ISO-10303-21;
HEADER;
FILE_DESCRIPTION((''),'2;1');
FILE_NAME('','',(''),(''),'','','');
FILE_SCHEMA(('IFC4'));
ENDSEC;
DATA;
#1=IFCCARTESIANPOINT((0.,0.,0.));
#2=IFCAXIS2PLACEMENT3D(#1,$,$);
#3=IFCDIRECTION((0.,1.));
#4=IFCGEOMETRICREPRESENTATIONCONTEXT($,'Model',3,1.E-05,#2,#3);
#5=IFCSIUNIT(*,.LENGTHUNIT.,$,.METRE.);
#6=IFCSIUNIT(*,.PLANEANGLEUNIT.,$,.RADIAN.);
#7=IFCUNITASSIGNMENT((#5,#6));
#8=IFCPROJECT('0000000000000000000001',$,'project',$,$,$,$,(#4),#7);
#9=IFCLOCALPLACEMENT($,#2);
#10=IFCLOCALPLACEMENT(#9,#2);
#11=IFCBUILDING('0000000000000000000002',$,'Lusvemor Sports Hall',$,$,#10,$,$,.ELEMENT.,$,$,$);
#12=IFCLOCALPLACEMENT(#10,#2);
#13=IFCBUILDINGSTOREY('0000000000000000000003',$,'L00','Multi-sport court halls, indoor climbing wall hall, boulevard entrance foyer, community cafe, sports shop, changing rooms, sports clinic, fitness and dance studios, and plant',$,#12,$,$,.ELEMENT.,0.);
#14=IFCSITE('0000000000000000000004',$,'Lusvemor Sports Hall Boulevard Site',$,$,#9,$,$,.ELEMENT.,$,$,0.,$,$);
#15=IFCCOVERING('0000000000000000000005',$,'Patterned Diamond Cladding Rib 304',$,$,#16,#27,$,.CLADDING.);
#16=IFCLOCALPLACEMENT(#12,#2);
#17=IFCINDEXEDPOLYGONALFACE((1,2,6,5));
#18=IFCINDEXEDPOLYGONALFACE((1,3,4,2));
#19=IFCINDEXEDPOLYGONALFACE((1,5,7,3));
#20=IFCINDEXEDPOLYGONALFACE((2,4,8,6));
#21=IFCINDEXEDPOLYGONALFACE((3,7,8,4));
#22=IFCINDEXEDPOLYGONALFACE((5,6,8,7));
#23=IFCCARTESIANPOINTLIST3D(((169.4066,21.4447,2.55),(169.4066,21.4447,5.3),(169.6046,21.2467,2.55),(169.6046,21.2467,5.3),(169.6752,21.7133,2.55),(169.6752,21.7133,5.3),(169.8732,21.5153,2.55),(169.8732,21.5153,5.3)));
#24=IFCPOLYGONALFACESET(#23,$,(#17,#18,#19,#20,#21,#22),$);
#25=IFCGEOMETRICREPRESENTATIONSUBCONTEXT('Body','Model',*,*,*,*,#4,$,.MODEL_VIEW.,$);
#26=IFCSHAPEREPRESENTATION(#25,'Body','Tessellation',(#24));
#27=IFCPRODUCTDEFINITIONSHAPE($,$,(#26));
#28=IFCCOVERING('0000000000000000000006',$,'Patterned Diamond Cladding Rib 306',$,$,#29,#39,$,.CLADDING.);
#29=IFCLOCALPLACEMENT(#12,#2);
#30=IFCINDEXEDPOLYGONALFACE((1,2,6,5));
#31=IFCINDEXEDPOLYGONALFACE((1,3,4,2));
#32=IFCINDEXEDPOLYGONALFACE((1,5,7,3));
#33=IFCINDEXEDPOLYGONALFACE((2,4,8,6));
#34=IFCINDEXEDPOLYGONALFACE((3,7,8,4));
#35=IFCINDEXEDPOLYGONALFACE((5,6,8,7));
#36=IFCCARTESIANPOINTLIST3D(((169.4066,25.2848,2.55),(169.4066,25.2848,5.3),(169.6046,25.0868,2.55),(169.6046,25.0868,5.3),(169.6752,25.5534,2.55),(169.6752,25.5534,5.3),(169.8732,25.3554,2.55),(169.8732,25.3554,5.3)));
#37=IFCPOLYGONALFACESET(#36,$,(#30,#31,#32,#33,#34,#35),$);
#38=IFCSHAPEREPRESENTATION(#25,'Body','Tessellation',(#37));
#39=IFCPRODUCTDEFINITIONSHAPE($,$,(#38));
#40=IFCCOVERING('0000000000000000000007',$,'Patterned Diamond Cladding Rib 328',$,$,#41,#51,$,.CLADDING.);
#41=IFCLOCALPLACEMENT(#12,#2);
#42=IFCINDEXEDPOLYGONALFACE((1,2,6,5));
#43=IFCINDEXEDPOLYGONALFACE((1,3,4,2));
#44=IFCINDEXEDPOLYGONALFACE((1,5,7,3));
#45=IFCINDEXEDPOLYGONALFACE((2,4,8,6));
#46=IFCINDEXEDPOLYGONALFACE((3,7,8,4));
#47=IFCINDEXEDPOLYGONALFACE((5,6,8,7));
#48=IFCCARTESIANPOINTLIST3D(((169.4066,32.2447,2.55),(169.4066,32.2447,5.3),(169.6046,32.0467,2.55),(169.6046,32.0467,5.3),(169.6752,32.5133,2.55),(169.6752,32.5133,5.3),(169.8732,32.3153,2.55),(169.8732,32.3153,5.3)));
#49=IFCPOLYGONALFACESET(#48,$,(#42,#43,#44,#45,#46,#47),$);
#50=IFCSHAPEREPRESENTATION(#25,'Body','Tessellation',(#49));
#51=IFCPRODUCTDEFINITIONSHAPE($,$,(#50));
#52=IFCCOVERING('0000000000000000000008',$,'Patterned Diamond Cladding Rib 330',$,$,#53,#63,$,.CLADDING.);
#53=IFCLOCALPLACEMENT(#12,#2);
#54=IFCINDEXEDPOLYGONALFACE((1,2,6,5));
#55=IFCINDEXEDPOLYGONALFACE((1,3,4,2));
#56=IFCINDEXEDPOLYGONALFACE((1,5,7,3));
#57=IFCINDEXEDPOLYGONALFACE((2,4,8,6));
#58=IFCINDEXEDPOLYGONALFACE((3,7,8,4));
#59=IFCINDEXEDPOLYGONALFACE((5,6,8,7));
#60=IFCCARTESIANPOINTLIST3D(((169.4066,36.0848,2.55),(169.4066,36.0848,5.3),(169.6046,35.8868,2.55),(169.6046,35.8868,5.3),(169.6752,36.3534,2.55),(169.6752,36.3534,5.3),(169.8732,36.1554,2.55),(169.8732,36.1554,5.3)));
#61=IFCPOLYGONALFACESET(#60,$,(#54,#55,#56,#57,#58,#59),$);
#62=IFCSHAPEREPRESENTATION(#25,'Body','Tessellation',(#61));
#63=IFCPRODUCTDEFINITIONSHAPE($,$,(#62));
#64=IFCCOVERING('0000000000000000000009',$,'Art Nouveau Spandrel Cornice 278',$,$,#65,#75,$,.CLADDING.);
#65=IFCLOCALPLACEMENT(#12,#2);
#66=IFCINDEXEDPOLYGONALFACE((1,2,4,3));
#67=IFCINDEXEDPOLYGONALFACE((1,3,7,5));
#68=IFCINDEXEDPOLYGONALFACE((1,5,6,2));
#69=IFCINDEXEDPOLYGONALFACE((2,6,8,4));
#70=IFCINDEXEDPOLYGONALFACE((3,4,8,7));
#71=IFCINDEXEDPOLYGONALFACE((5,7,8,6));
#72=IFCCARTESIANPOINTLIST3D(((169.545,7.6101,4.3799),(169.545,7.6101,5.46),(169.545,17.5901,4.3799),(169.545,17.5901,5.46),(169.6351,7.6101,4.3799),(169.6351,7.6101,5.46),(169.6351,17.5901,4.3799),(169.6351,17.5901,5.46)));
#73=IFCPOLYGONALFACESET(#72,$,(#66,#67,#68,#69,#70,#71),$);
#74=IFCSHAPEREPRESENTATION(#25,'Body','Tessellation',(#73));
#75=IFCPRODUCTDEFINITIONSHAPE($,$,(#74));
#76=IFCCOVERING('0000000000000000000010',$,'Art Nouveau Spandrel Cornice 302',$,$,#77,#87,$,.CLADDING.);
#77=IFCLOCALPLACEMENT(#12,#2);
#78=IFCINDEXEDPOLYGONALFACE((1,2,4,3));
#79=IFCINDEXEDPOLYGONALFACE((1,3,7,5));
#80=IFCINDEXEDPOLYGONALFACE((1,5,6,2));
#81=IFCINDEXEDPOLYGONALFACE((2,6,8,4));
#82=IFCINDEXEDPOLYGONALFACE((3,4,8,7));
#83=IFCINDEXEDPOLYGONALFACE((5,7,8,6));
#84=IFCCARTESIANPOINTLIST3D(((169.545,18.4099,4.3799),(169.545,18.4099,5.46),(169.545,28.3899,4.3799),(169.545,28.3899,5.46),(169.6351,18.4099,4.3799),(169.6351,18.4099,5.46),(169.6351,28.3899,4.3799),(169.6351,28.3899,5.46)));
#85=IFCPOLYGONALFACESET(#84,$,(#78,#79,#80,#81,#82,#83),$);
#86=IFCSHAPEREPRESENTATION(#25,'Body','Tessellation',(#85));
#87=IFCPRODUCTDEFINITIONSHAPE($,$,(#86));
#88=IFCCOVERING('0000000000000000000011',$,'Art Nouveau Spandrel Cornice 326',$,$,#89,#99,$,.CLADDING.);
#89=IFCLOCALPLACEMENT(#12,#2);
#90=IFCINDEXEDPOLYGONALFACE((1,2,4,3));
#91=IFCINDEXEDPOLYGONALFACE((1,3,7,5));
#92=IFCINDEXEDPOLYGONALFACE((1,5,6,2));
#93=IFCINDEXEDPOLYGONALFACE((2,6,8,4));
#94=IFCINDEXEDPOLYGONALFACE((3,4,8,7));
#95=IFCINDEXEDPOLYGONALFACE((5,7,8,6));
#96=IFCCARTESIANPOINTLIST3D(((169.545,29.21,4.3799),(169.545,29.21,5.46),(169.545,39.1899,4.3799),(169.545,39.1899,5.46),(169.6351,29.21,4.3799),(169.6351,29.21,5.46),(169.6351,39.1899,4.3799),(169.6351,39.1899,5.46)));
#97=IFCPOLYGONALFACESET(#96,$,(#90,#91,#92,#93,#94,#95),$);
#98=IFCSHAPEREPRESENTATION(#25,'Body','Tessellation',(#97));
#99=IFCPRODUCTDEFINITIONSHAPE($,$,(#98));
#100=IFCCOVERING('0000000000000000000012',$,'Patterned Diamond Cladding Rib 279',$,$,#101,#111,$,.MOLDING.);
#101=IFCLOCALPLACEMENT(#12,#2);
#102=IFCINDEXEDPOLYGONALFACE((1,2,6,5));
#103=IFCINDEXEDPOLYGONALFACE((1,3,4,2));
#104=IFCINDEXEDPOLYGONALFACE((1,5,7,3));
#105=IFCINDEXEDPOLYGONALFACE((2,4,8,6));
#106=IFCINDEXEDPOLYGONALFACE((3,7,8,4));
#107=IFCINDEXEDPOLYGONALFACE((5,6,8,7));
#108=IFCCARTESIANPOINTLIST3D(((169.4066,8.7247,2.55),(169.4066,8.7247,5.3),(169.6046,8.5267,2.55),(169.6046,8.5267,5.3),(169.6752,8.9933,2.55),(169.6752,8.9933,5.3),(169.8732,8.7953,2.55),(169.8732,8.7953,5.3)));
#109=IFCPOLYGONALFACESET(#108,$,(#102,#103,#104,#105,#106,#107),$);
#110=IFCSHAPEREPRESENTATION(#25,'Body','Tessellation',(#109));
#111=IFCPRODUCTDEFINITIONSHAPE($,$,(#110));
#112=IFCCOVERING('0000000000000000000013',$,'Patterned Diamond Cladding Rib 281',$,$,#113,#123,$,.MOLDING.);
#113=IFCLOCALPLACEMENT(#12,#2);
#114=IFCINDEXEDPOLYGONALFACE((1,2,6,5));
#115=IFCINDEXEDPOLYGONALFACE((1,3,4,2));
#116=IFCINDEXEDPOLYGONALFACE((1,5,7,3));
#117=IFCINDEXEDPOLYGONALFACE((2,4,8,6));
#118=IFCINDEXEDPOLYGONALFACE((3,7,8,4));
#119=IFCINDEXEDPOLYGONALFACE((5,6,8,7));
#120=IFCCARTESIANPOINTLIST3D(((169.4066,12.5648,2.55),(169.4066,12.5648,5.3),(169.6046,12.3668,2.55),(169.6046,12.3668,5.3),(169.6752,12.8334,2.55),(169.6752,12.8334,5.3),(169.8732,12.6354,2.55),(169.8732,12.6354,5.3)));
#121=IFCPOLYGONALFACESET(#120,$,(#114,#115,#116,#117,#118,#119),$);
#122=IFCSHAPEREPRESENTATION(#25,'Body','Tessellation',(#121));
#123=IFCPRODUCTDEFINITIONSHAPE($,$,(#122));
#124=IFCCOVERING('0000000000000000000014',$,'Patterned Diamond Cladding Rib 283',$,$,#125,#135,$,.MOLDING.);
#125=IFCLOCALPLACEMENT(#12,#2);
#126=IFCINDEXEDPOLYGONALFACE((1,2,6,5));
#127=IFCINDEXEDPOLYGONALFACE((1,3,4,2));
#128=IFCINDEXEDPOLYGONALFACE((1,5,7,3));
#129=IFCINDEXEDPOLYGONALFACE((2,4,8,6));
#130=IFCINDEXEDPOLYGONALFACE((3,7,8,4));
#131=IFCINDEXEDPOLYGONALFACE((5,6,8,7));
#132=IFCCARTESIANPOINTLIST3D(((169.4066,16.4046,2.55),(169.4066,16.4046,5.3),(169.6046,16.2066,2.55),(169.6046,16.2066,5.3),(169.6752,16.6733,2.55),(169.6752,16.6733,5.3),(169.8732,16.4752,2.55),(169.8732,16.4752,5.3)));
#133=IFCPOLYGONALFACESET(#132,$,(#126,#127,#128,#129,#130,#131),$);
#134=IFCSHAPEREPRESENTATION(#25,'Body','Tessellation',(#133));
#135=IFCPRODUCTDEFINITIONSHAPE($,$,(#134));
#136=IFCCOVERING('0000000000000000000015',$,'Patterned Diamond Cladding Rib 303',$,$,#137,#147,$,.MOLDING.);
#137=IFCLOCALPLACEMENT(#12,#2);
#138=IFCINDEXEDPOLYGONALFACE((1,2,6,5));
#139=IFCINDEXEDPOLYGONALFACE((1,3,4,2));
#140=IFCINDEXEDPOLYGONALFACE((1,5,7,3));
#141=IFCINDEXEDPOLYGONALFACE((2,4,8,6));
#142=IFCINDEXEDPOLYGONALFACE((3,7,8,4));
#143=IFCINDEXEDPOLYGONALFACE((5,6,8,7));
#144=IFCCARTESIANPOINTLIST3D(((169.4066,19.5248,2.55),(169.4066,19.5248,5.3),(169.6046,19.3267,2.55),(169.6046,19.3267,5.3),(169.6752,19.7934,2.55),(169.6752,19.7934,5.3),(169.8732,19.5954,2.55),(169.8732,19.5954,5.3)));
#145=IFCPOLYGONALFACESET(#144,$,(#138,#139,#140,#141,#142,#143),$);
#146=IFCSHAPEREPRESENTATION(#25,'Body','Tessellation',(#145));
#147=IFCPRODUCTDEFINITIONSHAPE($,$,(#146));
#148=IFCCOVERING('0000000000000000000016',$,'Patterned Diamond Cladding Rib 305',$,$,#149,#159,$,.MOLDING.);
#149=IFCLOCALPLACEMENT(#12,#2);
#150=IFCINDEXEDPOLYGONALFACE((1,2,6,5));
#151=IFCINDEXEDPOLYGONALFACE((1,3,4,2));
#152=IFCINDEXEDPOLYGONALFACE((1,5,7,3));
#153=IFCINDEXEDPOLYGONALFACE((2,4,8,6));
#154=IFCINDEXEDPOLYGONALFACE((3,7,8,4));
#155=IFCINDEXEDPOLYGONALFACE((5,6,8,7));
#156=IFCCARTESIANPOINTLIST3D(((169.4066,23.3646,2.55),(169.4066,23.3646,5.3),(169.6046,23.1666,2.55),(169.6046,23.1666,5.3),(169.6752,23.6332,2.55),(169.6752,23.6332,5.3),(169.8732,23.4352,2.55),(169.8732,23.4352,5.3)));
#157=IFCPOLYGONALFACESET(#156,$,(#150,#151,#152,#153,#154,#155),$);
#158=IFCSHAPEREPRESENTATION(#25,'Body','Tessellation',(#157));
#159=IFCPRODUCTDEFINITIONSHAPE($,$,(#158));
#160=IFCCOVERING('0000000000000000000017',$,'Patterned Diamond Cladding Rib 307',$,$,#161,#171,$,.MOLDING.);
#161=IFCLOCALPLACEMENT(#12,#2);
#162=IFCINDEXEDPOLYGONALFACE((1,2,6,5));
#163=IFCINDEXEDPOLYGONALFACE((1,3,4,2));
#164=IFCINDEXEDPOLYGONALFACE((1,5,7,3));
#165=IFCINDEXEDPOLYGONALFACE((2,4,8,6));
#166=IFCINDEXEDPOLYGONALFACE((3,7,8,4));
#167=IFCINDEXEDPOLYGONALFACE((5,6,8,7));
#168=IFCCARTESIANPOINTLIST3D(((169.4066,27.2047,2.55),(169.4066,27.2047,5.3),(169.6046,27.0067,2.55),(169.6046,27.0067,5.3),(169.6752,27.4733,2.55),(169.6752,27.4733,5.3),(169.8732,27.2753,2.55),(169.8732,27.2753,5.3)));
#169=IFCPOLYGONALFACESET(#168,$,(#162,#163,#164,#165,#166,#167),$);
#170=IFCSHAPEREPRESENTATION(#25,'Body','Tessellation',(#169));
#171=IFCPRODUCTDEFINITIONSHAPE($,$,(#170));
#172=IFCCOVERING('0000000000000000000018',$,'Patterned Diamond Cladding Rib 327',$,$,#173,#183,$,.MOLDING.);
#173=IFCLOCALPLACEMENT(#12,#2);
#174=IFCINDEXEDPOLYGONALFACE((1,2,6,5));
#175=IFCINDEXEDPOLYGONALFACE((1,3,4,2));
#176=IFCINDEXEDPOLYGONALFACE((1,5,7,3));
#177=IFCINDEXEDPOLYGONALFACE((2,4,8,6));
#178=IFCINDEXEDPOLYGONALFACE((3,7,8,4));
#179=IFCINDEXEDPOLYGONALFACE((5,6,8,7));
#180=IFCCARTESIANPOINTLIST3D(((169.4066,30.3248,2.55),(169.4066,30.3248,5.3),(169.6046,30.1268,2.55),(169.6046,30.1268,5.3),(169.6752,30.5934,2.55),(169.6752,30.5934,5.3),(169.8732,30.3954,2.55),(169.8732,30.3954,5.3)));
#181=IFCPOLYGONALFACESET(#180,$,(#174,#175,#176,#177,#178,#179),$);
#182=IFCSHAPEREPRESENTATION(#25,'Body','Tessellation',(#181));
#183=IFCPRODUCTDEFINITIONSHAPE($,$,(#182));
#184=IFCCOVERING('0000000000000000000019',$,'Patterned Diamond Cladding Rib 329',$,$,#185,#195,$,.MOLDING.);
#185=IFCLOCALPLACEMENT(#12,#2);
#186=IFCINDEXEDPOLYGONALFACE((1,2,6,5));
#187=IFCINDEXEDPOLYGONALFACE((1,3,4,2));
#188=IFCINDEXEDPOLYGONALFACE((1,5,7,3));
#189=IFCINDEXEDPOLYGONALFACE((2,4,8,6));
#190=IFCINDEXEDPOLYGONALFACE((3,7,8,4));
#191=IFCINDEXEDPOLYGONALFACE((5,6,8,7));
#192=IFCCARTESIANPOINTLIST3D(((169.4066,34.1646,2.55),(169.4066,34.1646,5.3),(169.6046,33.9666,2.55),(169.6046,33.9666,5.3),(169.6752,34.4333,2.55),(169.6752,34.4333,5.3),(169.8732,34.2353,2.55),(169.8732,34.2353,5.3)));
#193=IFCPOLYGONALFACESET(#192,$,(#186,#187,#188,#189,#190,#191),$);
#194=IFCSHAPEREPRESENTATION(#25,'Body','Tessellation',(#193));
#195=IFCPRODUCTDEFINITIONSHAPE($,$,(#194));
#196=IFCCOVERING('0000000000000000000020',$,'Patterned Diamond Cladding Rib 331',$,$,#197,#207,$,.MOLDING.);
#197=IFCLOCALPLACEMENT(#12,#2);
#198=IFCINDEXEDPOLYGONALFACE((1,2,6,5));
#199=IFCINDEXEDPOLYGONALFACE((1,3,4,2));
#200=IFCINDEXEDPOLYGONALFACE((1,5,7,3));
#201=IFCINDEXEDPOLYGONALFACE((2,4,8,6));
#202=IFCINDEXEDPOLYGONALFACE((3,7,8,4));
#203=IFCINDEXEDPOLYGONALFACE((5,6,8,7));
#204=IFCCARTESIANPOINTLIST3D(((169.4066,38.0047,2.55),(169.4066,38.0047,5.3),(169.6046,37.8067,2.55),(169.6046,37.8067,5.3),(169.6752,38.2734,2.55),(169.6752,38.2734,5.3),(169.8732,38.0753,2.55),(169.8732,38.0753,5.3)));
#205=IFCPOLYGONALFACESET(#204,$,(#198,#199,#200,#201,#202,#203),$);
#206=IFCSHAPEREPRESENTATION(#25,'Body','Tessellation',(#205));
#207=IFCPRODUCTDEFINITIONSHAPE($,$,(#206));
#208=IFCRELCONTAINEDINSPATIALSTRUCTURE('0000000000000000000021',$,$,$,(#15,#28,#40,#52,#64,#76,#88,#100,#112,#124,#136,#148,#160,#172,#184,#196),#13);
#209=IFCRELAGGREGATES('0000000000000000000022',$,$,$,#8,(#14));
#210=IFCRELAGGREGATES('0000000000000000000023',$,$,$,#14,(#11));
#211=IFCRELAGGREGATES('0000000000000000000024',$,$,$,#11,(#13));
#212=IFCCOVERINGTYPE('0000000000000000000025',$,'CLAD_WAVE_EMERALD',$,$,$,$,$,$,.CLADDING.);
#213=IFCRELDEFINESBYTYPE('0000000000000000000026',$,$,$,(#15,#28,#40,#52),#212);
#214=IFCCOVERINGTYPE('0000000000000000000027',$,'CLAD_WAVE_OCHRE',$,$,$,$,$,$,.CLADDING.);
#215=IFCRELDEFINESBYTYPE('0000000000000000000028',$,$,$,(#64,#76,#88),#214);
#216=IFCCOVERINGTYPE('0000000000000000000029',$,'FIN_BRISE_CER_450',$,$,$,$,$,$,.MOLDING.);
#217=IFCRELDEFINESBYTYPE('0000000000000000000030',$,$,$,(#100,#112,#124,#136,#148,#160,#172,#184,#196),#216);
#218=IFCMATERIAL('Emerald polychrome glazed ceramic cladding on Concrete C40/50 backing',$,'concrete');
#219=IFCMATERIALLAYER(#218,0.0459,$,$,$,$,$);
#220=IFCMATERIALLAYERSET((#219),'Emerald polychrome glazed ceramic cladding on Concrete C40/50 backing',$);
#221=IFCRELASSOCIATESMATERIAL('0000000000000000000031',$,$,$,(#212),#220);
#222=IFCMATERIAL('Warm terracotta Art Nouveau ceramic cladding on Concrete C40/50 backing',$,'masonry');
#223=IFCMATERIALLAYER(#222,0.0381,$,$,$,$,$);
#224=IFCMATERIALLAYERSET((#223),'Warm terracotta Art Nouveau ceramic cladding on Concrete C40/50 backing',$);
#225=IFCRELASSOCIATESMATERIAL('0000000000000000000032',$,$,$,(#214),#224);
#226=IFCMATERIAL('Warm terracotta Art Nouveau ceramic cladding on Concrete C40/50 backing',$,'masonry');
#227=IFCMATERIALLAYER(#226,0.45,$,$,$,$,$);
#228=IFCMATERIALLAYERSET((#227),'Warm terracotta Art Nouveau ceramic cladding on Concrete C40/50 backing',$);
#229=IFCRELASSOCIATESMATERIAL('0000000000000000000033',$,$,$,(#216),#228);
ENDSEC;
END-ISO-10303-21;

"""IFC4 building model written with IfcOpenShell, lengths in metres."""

from ifc_helpers import new_model, si_unit, direction, frame, origin, origin_2d, place, context, subcontext, project, spatial, rectangle, extrude, material, layer, layer_set, type_object, element, save


model = new_model("IFC4")

# Units and contexts
model_context = context("Model", 3, precision=1e-05, world=origin(), true_north=direction((0.0, 1.0)))
body_context = subcontext(model_context, "Body", "Model", "MODEL_VIEW")
ifc_project = project(units=[si_unit("LENGTHUNIT", "METRE"), si_unit("PLANEANGLEUNIT", "RADIAN")], contexts=[model_context])

# Site, building, storey
site_placement = place(None, origin())
site = spatial("IfcSite", under=ifc_project, at=site_placement, Name="Lusvemor Sports Hall Boulevard Site", CompositionType="ELEMENT", RefElevation=0.0)
building_placement = place(site_placement, origin())
building = spatial("IfcBuilding", under=site, at=building_placement, Name="Lusvemor Sports Hall", CompositionType="ELEMENT")
storey_placement = place(building_placement, origin())
storey = spatial("IfcBuildingStorey", under=building, at=storey_placement, Name="L00", Description="Multi-sport court halls, indoor climbing wall hall, boulevard entrance foyer, community cafe, sports shop, changing rooms, sports clinic, fitness and dance studios, and plant", CompositionType="ELEMENT", Elevation=0.0)

# Coverings
ifc_material_1 = material(Name="Emerald polychrome glazed ceramic cladding on Concrete C40/50 backing", Category="concrete")
ifc_layer_1 = layer(ifc_material_1, 0.0459)
ifc_layer_set_1 = layer_set([ifc_layer_1], Name="Emerald polychrome glazed ceramic cladding on Concrete C40/50 backing")
covering_type_1 = type_object("IfcCoveringType", Name="CLAD_WAVE_EMERALD", PredefinedType="CLADDING", material=ifc_layer_set_1)
for number, where, z_axis, x_axis, name in (
    (1, (169.6399, 21.48, 2.55), (0.0, 0.0, 1.0), (0.707107, 0.707107, 0.0), "Patterned Diamond Cladding Rib 304"),
    (2, (169.6399, 25.3201, 2.55), (0.0, 0.0, 1.0), (0.707107, 0.707107, 0.0), "Patterned Diamond Cladding Rib 306"),
    (3, (169.6399, 32.28, 2.55), (0.0, 0.0, 1.0), (0.707107, 0.707107, 0.0), "Patterned Diamond Cladding Rib 328"),
    (4, (169.6399, 36.1201, 2.55), (0.0, 0.0, 1.0), (0.707107, 0.707107, 0.0), "Patterned Diamond Cladding Rib 330"),
):
    element("IfcCovering", number, at=place(storey_placement, frame(where, z_axis=z_axis, x_axis=x_axis)), inside=storey, type_object=covering_type_1, Name=name, PredefinedType="CLADDING", context=body_context, shape_type="SweptSolid", body=[
        extrude(rectangle(XDim=0.3799, YDim=0.28, at=origin_2d()), origin(), (0.0, 0.0, 1.0), 2.75),
    ])
ifc_material_2 = material(Name="Warm terracotta Art Nouveau ceramic cladding on Concrete C40/50 backing", Category="masonry")
ifc_layer_2 = layer(ifc_material_2, 0.0381)
ifc_layer_set_2 = layer_set([ifc_layer_2], Name="Warm terracotta Art Nouveau ceramic cladding on Concrete C40/50 backing")
covering_type_2 = type_object("IfcCoveringType", Name="CLAD_WAVE_OCHRE", PredefinedType="CLADDING", material=ifc_layer_set_2)
for number, where, z_axis, x_axis, name in (
    (5, (169.5901, 12.6001, 4.3799), (0.0, 0.0, 1.0), (1.0, 0.0, 0.0), "Art Nouveau Spandrel Cornice 278"),
    (6, (169.5901, 23.3999, 4.3799), (0.0, 0.0, 1.0), (1.0, 0.0, 0.0), "Art Nouveau Spandrel Cornice 302"),
    (7, (169.5901, 34.2, 4.3799), (0.0, 0.0, 1.0), (1.0, 0.0, 0.0), "Art Nouveau Spandrel Cornice 326"),
):
    element("IfcCovering", number, at=place(storey_placement, frame(where, z_axis=z_axis, x_axis=x_axis)), inside=storey, type_object=covering_type_2, Name=name, PredefinedType="CLADDING", context=body_context, shape_type="SweptSolid", body=[
        extrude(rectangle(XDim=0.0901, YDim=9.98, at=origin_2d()), origin(), (0.0, 0.0, 1.0), 1.0801),
    ])
ifc_material_3 = material(Name="Warm terracotta Art Nouveau ceramic cladding on Concrete C40/50 backing", Category="masonry")
ifc_layer_3 = layer(ifc_material_3, 0.45)
ifc_layer_set_3 = layer_set([ifc_layer_3], Name="Warm terracotta Art Nouveau ceramic cladding on Concrete C40/50 backing")
covering_type_3 = type_object("IfcCoveringType", Name="FIN_BRISE_CER_450", PredefinedType="MOLDING", material=ifc_layer_set_3)
for number, where, z_axis, x_axis, name in (
    (8, (169.6399, 8.76, 2.55), (0.0, 0.0, 1.0), (0.707107, 0.707107, 0.0), "Patterned Diamond Cladding Rib 279"),
    (9, (169.6399, 12.6001, 2.55), (0.0, 0.0, 1.0), (0.707107, 0.707107, 0.0), "Patterned Diamond Cladding Rib 281"),
    (10, (169.6399, 16.4399, 2.55), (0.0, 0.0, 1.0), (0.707107, 0.707107, 0.0), "Patterned Diamond Cladding Rib 283"),
    (11, (169.6399, 19.5601, 2.55), (0.0, 0.0, 1.0), (0.707107, 0.707107, 0.0), "Patterned Diamond Cladding Rib 303"),
    (12, (169.6399, 23.3999, 2.55), (0.0, 0.0, 1.0), (0.707107, 0.707107, 0.0), "Patterned Diamond Cladding Rib 305"),
    (13, (169.6399, 27.24, 2.55), (0.0, 0.0, 1.0), (0.707107, 0.707107, 0.0), "Patterned Diamond Cladding Rib 307"),
    (14, (169.6399, 30.3601, 2.55), (0.0, 0.0, 1.0), (0.707107, 0.707107, 0.0), "Patterned Diamond Cladding Rib 327"),
    (15, (169.6399, 34.2, 2.55), (0.0, 0.0, 1.0), (0.707107, 0.707107, 0.0), "Patterned Diamond Cladding Rib 329"),
    (16, (169.6399, 38.04, 2.55), (0.0, 0.0, 1.0), (0.707107, 0.707107, 0.0), "Patterned Diamond Cladding Rib 331"),
):
    element("IfcCovering", number, at=place(storey_placement, frame(where, z_axis=z_axis, x_axis=x_axis)), inside=storey, type_object=covering_type_3, Name=name, PredefinedType="MOLDING", context=body_context, shape_type="SweptSolid", body=[
        extrude(rectangle(XDim=0.3799, YDim=0.28, at=origin_2d()), origin(), (0.0, 0.0, 1.0), 2.75),
    ])

save(model, "model.ifc")
